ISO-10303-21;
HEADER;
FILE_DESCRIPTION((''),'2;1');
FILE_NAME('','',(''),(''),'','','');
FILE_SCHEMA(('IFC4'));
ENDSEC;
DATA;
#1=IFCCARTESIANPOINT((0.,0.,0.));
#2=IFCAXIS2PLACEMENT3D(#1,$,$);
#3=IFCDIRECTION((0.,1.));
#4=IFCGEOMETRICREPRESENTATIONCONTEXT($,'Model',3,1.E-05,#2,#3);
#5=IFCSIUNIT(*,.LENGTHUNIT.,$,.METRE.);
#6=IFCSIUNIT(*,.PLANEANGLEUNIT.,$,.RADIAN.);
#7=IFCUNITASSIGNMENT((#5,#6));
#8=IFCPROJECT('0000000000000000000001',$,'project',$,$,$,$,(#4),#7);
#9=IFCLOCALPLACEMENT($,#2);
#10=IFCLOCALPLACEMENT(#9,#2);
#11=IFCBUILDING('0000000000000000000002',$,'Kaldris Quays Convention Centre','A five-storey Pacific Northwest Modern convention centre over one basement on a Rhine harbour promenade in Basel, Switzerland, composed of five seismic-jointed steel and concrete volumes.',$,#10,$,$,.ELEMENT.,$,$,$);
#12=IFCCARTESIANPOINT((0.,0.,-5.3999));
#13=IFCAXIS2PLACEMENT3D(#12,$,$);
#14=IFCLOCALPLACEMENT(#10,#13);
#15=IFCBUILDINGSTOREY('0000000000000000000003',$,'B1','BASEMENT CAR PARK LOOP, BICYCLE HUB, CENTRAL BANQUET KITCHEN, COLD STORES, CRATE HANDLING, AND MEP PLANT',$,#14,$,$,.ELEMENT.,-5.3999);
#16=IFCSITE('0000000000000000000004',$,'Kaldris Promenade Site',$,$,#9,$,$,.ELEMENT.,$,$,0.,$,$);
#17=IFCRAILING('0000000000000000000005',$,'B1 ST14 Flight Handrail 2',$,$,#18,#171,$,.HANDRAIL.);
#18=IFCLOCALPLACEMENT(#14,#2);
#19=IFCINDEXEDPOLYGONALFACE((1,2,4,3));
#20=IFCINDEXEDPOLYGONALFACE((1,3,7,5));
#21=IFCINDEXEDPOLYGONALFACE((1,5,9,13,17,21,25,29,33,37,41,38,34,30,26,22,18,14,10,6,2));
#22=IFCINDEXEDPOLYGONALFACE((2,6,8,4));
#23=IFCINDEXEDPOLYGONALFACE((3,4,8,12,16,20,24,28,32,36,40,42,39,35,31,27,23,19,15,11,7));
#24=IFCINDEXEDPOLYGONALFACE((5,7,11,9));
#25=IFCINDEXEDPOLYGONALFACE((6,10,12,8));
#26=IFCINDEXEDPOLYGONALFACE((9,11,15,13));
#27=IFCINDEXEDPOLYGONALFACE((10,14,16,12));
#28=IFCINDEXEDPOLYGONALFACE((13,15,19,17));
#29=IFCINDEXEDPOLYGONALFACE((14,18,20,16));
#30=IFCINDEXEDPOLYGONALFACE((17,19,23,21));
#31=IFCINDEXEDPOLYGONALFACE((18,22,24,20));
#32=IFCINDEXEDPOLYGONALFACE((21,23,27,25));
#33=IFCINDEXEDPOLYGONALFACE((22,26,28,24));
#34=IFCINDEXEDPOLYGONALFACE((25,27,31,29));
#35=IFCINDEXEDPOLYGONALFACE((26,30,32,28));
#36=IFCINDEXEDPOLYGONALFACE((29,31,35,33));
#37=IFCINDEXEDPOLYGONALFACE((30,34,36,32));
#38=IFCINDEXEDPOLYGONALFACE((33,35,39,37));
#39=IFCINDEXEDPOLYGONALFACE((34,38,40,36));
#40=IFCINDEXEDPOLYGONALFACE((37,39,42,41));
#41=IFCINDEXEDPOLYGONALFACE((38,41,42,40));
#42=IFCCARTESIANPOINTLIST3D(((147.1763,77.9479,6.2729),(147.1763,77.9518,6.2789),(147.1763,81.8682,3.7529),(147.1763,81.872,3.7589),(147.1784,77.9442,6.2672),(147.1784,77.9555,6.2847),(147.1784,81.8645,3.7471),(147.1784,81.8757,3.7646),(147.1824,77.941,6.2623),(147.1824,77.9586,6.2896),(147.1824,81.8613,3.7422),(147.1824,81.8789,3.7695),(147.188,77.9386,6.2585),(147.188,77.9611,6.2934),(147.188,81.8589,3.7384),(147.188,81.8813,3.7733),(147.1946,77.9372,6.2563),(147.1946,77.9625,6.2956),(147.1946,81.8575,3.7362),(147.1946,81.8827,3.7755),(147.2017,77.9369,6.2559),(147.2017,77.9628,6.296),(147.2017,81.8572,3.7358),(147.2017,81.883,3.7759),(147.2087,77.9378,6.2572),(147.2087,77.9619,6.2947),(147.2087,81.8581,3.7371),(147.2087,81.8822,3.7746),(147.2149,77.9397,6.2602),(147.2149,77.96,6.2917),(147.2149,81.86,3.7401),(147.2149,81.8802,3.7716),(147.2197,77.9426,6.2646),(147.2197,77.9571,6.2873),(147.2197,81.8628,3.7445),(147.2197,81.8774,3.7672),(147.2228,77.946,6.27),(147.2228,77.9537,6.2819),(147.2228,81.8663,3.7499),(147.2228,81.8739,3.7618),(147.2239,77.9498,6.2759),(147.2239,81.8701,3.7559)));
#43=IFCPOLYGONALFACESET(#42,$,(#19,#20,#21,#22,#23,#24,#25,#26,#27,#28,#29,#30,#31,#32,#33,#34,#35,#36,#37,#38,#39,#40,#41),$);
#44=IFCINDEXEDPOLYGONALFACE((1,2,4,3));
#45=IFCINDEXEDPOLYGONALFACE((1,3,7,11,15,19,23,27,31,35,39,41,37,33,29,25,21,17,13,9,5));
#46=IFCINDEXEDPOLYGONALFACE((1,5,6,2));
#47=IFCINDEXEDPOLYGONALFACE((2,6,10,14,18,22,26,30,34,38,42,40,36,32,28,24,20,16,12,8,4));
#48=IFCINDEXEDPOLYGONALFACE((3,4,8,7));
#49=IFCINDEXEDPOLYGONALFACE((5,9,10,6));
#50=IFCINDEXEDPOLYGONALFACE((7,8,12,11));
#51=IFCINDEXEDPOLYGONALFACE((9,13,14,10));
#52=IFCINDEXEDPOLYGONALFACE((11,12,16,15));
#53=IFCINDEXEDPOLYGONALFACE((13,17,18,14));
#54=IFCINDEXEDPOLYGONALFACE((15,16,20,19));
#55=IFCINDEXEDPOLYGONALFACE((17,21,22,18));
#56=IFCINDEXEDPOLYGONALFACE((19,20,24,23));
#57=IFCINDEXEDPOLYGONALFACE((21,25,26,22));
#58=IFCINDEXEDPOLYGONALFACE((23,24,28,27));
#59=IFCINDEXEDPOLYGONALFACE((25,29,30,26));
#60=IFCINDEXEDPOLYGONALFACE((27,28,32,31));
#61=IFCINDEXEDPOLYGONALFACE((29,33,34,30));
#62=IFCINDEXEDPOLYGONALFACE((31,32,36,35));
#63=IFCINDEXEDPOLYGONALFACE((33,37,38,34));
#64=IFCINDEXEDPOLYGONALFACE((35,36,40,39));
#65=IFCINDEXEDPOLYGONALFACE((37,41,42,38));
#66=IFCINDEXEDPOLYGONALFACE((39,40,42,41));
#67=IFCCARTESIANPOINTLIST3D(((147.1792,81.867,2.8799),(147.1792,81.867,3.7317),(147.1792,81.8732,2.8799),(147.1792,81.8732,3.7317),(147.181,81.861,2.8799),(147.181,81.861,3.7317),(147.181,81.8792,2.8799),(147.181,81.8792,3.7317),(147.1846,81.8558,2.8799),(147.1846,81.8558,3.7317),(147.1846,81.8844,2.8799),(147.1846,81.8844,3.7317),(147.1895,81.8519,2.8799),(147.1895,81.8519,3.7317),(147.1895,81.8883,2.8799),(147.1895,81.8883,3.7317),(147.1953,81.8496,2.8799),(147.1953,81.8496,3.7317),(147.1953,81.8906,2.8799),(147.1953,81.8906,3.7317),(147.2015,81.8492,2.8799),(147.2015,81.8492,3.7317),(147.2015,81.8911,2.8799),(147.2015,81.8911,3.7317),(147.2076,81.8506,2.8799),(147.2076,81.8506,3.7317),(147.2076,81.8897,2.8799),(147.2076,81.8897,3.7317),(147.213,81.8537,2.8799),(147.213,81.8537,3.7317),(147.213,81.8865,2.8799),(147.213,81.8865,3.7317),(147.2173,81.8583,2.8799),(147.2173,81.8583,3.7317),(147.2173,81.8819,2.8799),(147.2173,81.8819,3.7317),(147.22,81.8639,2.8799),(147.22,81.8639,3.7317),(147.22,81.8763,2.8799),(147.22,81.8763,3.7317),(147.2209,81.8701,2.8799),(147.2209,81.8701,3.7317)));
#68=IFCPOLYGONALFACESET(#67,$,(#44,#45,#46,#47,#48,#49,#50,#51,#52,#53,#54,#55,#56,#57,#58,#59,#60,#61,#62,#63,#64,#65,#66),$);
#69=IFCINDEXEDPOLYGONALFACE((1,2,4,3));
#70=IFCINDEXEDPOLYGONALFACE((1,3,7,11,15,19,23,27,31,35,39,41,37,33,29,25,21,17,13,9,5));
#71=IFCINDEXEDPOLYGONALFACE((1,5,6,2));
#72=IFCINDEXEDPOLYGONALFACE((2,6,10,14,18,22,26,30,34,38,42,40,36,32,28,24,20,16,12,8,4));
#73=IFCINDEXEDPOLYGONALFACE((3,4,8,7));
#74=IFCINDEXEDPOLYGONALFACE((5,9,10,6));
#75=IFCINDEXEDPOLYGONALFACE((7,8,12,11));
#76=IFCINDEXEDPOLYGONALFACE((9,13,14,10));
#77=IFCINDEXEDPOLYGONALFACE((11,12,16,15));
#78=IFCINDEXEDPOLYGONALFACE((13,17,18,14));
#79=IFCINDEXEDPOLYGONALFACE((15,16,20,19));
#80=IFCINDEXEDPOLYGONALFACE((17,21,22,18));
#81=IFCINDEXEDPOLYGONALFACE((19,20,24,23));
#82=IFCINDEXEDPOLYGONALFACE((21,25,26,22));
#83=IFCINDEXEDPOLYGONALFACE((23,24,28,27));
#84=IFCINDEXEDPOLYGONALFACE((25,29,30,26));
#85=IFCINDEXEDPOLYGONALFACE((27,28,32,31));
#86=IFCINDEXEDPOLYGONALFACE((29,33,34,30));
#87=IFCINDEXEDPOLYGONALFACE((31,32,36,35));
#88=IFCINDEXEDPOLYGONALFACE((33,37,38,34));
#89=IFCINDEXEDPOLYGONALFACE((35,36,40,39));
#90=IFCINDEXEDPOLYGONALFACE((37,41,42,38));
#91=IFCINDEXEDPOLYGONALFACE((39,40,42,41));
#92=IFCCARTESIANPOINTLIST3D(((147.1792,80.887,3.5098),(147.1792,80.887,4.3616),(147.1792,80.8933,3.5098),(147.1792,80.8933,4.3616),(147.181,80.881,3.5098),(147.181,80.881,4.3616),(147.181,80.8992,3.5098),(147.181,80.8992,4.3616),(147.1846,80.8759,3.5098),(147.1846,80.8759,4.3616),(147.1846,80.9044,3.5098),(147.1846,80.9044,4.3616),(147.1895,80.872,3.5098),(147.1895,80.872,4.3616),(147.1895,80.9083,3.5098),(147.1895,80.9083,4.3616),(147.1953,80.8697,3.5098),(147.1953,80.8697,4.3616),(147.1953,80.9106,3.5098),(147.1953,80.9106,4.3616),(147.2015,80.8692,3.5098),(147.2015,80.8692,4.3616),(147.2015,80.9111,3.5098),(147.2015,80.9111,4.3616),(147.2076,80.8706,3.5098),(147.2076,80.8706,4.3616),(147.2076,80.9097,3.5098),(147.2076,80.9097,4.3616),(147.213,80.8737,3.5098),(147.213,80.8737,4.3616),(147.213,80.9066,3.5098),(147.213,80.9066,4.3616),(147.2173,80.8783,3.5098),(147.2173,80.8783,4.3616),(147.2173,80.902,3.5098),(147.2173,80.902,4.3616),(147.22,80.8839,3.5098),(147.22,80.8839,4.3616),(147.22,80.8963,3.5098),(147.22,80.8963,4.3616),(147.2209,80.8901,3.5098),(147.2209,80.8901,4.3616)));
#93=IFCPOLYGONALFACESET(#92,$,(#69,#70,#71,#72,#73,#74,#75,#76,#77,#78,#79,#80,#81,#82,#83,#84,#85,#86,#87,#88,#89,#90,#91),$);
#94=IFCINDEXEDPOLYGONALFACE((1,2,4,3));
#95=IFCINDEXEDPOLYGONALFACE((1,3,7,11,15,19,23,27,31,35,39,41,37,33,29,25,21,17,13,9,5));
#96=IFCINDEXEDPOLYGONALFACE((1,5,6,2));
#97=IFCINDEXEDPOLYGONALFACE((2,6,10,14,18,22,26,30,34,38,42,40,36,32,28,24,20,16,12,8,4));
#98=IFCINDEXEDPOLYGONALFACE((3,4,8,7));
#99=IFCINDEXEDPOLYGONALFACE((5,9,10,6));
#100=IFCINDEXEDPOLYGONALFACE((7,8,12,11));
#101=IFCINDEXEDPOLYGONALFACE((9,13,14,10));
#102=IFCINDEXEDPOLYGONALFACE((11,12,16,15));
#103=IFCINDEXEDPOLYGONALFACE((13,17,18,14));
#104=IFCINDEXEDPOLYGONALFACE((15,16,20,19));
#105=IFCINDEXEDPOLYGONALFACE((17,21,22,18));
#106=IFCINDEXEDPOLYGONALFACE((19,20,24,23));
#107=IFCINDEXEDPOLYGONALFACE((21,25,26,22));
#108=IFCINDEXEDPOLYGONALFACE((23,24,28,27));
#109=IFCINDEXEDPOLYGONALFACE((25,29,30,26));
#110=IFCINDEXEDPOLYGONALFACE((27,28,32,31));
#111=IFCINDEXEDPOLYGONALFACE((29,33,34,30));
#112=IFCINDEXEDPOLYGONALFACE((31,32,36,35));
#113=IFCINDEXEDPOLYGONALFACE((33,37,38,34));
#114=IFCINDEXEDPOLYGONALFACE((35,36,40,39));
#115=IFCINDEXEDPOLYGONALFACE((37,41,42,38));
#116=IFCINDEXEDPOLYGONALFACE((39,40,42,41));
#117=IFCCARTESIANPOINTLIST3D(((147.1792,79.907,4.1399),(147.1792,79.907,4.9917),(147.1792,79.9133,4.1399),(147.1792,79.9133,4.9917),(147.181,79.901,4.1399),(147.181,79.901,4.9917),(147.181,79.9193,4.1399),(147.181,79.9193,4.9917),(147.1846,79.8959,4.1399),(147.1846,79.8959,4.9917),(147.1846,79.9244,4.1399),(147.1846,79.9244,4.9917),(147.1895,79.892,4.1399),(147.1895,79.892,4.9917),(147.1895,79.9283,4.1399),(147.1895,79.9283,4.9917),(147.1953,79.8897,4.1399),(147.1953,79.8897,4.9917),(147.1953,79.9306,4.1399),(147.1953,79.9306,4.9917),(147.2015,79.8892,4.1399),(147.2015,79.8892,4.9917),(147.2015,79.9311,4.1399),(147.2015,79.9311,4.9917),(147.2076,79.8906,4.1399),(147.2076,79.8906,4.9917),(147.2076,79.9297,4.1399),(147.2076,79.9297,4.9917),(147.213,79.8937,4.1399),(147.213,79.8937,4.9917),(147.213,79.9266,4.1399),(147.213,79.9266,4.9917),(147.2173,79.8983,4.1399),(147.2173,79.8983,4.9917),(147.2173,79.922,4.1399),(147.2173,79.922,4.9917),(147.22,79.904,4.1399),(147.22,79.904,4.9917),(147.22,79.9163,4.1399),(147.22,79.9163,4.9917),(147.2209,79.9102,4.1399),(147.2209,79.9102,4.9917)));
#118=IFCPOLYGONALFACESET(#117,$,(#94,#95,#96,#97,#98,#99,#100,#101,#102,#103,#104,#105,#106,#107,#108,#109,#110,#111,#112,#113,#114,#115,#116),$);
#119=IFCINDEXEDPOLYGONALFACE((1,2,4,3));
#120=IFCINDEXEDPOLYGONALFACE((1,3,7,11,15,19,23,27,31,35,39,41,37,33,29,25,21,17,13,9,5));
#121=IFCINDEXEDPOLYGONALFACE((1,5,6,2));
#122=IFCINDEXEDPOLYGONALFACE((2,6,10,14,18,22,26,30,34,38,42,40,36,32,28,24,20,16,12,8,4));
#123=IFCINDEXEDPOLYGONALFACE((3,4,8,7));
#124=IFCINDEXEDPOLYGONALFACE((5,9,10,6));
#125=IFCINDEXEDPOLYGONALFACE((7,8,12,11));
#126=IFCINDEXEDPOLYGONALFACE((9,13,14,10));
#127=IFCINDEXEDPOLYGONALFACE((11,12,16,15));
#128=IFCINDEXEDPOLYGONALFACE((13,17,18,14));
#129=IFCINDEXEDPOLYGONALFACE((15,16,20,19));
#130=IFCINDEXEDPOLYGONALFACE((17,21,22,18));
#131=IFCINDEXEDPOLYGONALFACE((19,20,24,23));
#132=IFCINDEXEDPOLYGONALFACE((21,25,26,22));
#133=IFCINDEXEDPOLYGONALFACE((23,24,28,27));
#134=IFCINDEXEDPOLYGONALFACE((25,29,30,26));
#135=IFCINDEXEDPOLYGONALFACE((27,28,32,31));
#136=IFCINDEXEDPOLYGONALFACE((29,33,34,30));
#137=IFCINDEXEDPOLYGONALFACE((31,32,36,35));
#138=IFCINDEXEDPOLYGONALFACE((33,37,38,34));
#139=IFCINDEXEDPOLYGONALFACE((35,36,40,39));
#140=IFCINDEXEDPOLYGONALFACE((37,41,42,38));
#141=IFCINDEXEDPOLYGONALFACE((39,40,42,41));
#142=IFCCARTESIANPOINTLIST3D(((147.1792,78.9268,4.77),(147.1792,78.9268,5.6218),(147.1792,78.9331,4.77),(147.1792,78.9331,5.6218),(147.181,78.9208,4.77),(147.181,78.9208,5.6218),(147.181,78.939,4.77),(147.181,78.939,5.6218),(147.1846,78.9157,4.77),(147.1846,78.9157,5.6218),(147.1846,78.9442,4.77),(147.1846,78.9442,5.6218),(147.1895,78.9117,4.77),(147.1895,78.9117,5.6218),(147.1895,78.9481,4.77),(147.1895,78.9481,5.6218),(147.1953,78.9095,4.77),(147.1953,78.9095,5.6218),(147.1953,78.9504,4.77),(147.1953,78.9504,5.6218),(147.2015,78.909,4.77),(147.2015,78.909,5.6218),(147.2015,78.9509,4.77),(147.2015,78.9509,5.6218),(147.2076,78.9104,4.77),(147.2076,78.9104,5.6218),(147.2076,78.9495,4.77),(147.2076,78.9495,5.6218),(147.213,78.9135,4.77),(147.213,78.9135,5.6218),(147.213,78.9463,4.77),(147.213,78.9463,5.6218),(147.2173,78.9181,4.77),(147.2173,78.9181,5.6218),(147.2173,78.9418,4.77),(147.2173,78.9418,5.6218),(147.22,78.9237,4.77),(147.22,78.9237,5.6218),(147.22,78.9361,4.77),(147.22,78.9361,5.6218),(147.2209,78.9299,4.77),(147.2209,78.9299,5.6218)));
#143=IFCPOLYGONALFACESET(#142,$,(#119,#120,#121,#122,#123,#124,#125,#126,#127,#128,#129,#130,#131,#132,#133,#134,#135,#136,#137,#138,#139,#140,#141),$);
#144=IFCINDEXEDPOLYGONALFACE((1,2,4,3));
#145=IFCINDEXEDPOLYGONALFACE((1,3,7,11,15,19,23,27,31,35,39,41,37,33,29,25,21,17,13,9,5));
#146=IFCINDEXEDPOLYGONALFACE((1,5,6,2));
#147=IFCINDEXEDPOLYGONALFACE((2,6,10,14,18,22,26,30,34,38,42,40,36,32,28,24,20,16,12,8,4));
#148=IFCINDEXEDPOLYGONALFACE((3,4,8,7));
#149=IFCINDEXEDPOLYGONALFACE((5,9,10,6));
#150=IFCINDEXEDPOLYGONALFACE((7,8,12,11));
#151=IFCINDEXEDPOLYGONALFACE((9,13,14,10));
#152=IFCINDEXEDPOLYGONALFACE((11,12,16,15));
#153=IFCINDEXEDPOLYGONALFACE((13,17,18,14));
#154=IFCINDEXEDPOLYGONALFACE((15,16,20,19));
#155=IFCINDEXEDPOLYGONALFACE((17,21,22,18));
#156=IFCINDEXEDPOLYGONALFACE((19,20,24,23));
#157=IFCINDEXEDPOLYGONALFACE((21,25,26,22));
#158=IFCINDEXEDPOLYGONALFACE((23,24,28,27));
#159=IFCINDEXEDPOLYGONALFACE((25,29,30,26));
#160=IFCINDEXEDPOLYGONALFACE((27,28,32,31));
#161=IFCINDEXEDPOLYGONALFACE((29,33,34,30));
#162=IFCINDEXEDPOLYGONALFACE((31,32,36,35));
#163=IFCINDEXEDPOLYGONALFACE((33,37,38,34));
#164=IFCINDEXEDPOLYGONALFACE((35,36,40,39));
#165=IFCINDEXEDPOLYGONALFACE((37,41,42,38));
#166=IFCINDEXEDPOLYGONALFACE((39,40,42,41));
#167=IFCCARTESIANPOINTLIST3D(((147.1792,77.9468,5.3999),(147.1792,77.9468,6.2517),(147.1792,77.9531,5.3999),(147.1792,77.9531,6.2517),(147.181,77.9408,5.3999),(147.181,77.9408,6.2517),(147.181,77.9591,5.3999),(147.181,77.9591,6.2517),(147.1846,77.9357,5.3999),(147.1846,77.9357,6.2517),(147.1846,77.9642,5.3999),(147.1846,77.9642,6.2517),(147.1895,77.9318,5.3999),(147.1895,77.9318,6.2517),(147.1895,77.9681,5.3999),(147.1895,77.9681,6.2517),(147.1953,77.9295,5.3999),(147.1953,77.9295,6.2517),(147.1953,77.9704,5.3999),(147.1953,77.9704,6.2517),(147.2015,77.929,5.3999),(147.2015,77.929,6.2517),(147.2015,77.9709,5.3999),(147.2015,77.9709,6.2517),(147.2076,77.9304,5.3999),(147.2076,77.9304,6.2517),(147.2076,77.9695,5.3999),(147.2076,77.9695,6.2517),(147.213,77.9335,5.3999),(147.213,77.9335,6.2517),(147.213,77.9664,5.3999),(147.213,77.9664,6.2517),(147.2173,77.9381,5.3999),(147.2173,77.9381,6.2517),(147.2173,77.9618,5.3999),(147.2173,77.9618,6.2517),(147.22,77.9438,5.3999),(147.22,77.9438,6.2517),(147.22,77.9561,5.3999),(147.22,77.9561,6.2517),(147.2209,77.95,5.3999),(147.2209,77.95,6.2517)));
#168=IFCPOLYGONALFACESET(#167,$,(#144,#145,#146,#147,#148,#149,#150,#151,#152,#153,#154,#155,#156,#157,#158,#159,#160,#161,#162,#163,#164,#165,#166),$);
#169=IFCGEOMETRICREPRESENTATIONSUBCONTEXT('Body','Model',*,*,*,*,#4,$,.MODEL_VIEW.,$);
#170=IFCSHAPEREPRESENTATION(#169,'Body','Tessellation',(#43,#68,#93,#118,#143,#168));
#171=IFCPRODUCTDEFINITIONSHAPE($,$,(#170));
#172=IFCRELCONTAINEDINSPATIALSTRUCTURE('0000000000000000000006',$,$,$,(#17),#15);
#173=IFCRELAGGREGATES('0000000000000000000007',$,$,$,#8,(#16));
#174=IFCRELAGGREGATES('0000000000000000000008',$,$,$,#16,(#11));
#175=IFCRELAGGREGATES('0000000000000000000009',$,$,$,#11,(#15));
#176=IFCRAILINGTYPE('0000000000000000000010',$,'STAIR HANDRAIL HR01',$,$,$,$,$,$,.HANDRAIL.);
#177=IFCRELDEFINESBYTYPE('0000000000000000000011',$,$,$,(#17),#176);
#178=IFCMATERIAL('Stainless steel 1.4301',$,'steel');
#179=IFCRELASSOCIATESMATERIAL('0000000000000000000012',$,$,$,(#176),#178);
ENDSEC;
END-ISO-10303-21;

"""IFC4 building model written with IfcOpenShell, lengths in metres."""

from ifc_helpers import new_model, si_unit, direction, frame, origin, origin_2d, place, context, subcontext, project, spatial, circle, extrude, material, type_object, element, save


model = new_model("IFC4")

# Units and contexts
model_context = context("Model", 3, precision=1e-05, world=origin(), true_north=direction((0.0, 1.0)))
body_context = subcontext(model_context, "Body", "Model", "MODEL_VIEW")
ifc_project = project(units=[si_unit("LENGTHUNIT", "METRE"), si_unit("PLANEANGLEUNIT", "RADIAN")], contexts=[model_context])

# Site, building, storey
site_placement = place(None, origin())
site = spatial("IfcSite", under=ifc_project, at=site_placement, Name="Kaldris Promenade Site", CompositionType="ELEMENT", RefElevation=0.0)
building_placement = place(site_placement, origin())
building = spatial("IfcBuilding", under=site, at=building_placement, Name="Kaldris Quays Convention Centre", Description="A five-storey Pacific Northwest Modern convention centre over one basement on a Rhine harbour promenade in Basel, Switzerland, composed of five seismic-jointed steel and concrete volumes.", CompositionType="ELEMENT")
storey_placement = place(building_placement, frame((0.0, 0.0, -5.3999)))
storey = spatial("IfcBuildingStorey", under=building, at=storey_placement, Name="B1", Description="BASEMENT CAR PARK LOOP, BICYCLE HUB, CENTRAL BANQUET KITCHEN, COLD STORES, CRATE HANDLING, AND MEP PLANT", CompositionType="ELEMENT", Elevation=-5.3999)

# Railing
ifc_material_1 = material(Name="Stainless steel 1.4301", Category="steel")
railing_type_1 = type_object("IfcRailingType", Name="STAIR HANDRAIL HR01", PredefinedType="HANDRAIL", material=ifc_material_1)
railing_1_placement = place(storey_placement, frame((147.2, 81.8701, 2.8799)))
element("IfcRailing", 1, at=railing_1_placement, inside=storey, type_object=railing_type_1, Name="B1 ST14 Flight Handrail 2", PredefinedType="HANDRAIL", context=body_context, shape_type="SweptSolid", body=[
    extrude(circle(Radius=0.0239, at=origin_2d()), frame((0.0, 0.0, 0.876), z_axis=(0.0, -0.841187, 0.540744), x_axis=(1.0, 0.0, 0.0)), (0.0, 0.0, 1.0), 4.6604),
    extrude(circle(Radius=0.021, at=origin_2d()), origin(), (0.0, 0.0, 1.0), 0.8518),
    extrude(circle(Radius=0.021, at=origin_2d()), frame((0.0, -0.98, 0.6299)), (0.0, 0.0, 1.0), 0.8518),
    extrude(circle(Radius=0.021, at=origin_2d()), frame((0.0, -1.96, 1.26)), (0.0, 0.0, 1.0), 0.8518),
    extrude(circle(Radius=0.021, at=origin_2d()), frame((0.0, -2.9402, 1.8901)), (0.0, 0.0, 1.0), 0.8518),
    extrude(circle(Radius=0.021, at=origin_2d()), frame((0.0, -3.9202, 2.52)), (0.0, 0.0, 1.0), 0.8518),
])

save(model, "model.ifc")
